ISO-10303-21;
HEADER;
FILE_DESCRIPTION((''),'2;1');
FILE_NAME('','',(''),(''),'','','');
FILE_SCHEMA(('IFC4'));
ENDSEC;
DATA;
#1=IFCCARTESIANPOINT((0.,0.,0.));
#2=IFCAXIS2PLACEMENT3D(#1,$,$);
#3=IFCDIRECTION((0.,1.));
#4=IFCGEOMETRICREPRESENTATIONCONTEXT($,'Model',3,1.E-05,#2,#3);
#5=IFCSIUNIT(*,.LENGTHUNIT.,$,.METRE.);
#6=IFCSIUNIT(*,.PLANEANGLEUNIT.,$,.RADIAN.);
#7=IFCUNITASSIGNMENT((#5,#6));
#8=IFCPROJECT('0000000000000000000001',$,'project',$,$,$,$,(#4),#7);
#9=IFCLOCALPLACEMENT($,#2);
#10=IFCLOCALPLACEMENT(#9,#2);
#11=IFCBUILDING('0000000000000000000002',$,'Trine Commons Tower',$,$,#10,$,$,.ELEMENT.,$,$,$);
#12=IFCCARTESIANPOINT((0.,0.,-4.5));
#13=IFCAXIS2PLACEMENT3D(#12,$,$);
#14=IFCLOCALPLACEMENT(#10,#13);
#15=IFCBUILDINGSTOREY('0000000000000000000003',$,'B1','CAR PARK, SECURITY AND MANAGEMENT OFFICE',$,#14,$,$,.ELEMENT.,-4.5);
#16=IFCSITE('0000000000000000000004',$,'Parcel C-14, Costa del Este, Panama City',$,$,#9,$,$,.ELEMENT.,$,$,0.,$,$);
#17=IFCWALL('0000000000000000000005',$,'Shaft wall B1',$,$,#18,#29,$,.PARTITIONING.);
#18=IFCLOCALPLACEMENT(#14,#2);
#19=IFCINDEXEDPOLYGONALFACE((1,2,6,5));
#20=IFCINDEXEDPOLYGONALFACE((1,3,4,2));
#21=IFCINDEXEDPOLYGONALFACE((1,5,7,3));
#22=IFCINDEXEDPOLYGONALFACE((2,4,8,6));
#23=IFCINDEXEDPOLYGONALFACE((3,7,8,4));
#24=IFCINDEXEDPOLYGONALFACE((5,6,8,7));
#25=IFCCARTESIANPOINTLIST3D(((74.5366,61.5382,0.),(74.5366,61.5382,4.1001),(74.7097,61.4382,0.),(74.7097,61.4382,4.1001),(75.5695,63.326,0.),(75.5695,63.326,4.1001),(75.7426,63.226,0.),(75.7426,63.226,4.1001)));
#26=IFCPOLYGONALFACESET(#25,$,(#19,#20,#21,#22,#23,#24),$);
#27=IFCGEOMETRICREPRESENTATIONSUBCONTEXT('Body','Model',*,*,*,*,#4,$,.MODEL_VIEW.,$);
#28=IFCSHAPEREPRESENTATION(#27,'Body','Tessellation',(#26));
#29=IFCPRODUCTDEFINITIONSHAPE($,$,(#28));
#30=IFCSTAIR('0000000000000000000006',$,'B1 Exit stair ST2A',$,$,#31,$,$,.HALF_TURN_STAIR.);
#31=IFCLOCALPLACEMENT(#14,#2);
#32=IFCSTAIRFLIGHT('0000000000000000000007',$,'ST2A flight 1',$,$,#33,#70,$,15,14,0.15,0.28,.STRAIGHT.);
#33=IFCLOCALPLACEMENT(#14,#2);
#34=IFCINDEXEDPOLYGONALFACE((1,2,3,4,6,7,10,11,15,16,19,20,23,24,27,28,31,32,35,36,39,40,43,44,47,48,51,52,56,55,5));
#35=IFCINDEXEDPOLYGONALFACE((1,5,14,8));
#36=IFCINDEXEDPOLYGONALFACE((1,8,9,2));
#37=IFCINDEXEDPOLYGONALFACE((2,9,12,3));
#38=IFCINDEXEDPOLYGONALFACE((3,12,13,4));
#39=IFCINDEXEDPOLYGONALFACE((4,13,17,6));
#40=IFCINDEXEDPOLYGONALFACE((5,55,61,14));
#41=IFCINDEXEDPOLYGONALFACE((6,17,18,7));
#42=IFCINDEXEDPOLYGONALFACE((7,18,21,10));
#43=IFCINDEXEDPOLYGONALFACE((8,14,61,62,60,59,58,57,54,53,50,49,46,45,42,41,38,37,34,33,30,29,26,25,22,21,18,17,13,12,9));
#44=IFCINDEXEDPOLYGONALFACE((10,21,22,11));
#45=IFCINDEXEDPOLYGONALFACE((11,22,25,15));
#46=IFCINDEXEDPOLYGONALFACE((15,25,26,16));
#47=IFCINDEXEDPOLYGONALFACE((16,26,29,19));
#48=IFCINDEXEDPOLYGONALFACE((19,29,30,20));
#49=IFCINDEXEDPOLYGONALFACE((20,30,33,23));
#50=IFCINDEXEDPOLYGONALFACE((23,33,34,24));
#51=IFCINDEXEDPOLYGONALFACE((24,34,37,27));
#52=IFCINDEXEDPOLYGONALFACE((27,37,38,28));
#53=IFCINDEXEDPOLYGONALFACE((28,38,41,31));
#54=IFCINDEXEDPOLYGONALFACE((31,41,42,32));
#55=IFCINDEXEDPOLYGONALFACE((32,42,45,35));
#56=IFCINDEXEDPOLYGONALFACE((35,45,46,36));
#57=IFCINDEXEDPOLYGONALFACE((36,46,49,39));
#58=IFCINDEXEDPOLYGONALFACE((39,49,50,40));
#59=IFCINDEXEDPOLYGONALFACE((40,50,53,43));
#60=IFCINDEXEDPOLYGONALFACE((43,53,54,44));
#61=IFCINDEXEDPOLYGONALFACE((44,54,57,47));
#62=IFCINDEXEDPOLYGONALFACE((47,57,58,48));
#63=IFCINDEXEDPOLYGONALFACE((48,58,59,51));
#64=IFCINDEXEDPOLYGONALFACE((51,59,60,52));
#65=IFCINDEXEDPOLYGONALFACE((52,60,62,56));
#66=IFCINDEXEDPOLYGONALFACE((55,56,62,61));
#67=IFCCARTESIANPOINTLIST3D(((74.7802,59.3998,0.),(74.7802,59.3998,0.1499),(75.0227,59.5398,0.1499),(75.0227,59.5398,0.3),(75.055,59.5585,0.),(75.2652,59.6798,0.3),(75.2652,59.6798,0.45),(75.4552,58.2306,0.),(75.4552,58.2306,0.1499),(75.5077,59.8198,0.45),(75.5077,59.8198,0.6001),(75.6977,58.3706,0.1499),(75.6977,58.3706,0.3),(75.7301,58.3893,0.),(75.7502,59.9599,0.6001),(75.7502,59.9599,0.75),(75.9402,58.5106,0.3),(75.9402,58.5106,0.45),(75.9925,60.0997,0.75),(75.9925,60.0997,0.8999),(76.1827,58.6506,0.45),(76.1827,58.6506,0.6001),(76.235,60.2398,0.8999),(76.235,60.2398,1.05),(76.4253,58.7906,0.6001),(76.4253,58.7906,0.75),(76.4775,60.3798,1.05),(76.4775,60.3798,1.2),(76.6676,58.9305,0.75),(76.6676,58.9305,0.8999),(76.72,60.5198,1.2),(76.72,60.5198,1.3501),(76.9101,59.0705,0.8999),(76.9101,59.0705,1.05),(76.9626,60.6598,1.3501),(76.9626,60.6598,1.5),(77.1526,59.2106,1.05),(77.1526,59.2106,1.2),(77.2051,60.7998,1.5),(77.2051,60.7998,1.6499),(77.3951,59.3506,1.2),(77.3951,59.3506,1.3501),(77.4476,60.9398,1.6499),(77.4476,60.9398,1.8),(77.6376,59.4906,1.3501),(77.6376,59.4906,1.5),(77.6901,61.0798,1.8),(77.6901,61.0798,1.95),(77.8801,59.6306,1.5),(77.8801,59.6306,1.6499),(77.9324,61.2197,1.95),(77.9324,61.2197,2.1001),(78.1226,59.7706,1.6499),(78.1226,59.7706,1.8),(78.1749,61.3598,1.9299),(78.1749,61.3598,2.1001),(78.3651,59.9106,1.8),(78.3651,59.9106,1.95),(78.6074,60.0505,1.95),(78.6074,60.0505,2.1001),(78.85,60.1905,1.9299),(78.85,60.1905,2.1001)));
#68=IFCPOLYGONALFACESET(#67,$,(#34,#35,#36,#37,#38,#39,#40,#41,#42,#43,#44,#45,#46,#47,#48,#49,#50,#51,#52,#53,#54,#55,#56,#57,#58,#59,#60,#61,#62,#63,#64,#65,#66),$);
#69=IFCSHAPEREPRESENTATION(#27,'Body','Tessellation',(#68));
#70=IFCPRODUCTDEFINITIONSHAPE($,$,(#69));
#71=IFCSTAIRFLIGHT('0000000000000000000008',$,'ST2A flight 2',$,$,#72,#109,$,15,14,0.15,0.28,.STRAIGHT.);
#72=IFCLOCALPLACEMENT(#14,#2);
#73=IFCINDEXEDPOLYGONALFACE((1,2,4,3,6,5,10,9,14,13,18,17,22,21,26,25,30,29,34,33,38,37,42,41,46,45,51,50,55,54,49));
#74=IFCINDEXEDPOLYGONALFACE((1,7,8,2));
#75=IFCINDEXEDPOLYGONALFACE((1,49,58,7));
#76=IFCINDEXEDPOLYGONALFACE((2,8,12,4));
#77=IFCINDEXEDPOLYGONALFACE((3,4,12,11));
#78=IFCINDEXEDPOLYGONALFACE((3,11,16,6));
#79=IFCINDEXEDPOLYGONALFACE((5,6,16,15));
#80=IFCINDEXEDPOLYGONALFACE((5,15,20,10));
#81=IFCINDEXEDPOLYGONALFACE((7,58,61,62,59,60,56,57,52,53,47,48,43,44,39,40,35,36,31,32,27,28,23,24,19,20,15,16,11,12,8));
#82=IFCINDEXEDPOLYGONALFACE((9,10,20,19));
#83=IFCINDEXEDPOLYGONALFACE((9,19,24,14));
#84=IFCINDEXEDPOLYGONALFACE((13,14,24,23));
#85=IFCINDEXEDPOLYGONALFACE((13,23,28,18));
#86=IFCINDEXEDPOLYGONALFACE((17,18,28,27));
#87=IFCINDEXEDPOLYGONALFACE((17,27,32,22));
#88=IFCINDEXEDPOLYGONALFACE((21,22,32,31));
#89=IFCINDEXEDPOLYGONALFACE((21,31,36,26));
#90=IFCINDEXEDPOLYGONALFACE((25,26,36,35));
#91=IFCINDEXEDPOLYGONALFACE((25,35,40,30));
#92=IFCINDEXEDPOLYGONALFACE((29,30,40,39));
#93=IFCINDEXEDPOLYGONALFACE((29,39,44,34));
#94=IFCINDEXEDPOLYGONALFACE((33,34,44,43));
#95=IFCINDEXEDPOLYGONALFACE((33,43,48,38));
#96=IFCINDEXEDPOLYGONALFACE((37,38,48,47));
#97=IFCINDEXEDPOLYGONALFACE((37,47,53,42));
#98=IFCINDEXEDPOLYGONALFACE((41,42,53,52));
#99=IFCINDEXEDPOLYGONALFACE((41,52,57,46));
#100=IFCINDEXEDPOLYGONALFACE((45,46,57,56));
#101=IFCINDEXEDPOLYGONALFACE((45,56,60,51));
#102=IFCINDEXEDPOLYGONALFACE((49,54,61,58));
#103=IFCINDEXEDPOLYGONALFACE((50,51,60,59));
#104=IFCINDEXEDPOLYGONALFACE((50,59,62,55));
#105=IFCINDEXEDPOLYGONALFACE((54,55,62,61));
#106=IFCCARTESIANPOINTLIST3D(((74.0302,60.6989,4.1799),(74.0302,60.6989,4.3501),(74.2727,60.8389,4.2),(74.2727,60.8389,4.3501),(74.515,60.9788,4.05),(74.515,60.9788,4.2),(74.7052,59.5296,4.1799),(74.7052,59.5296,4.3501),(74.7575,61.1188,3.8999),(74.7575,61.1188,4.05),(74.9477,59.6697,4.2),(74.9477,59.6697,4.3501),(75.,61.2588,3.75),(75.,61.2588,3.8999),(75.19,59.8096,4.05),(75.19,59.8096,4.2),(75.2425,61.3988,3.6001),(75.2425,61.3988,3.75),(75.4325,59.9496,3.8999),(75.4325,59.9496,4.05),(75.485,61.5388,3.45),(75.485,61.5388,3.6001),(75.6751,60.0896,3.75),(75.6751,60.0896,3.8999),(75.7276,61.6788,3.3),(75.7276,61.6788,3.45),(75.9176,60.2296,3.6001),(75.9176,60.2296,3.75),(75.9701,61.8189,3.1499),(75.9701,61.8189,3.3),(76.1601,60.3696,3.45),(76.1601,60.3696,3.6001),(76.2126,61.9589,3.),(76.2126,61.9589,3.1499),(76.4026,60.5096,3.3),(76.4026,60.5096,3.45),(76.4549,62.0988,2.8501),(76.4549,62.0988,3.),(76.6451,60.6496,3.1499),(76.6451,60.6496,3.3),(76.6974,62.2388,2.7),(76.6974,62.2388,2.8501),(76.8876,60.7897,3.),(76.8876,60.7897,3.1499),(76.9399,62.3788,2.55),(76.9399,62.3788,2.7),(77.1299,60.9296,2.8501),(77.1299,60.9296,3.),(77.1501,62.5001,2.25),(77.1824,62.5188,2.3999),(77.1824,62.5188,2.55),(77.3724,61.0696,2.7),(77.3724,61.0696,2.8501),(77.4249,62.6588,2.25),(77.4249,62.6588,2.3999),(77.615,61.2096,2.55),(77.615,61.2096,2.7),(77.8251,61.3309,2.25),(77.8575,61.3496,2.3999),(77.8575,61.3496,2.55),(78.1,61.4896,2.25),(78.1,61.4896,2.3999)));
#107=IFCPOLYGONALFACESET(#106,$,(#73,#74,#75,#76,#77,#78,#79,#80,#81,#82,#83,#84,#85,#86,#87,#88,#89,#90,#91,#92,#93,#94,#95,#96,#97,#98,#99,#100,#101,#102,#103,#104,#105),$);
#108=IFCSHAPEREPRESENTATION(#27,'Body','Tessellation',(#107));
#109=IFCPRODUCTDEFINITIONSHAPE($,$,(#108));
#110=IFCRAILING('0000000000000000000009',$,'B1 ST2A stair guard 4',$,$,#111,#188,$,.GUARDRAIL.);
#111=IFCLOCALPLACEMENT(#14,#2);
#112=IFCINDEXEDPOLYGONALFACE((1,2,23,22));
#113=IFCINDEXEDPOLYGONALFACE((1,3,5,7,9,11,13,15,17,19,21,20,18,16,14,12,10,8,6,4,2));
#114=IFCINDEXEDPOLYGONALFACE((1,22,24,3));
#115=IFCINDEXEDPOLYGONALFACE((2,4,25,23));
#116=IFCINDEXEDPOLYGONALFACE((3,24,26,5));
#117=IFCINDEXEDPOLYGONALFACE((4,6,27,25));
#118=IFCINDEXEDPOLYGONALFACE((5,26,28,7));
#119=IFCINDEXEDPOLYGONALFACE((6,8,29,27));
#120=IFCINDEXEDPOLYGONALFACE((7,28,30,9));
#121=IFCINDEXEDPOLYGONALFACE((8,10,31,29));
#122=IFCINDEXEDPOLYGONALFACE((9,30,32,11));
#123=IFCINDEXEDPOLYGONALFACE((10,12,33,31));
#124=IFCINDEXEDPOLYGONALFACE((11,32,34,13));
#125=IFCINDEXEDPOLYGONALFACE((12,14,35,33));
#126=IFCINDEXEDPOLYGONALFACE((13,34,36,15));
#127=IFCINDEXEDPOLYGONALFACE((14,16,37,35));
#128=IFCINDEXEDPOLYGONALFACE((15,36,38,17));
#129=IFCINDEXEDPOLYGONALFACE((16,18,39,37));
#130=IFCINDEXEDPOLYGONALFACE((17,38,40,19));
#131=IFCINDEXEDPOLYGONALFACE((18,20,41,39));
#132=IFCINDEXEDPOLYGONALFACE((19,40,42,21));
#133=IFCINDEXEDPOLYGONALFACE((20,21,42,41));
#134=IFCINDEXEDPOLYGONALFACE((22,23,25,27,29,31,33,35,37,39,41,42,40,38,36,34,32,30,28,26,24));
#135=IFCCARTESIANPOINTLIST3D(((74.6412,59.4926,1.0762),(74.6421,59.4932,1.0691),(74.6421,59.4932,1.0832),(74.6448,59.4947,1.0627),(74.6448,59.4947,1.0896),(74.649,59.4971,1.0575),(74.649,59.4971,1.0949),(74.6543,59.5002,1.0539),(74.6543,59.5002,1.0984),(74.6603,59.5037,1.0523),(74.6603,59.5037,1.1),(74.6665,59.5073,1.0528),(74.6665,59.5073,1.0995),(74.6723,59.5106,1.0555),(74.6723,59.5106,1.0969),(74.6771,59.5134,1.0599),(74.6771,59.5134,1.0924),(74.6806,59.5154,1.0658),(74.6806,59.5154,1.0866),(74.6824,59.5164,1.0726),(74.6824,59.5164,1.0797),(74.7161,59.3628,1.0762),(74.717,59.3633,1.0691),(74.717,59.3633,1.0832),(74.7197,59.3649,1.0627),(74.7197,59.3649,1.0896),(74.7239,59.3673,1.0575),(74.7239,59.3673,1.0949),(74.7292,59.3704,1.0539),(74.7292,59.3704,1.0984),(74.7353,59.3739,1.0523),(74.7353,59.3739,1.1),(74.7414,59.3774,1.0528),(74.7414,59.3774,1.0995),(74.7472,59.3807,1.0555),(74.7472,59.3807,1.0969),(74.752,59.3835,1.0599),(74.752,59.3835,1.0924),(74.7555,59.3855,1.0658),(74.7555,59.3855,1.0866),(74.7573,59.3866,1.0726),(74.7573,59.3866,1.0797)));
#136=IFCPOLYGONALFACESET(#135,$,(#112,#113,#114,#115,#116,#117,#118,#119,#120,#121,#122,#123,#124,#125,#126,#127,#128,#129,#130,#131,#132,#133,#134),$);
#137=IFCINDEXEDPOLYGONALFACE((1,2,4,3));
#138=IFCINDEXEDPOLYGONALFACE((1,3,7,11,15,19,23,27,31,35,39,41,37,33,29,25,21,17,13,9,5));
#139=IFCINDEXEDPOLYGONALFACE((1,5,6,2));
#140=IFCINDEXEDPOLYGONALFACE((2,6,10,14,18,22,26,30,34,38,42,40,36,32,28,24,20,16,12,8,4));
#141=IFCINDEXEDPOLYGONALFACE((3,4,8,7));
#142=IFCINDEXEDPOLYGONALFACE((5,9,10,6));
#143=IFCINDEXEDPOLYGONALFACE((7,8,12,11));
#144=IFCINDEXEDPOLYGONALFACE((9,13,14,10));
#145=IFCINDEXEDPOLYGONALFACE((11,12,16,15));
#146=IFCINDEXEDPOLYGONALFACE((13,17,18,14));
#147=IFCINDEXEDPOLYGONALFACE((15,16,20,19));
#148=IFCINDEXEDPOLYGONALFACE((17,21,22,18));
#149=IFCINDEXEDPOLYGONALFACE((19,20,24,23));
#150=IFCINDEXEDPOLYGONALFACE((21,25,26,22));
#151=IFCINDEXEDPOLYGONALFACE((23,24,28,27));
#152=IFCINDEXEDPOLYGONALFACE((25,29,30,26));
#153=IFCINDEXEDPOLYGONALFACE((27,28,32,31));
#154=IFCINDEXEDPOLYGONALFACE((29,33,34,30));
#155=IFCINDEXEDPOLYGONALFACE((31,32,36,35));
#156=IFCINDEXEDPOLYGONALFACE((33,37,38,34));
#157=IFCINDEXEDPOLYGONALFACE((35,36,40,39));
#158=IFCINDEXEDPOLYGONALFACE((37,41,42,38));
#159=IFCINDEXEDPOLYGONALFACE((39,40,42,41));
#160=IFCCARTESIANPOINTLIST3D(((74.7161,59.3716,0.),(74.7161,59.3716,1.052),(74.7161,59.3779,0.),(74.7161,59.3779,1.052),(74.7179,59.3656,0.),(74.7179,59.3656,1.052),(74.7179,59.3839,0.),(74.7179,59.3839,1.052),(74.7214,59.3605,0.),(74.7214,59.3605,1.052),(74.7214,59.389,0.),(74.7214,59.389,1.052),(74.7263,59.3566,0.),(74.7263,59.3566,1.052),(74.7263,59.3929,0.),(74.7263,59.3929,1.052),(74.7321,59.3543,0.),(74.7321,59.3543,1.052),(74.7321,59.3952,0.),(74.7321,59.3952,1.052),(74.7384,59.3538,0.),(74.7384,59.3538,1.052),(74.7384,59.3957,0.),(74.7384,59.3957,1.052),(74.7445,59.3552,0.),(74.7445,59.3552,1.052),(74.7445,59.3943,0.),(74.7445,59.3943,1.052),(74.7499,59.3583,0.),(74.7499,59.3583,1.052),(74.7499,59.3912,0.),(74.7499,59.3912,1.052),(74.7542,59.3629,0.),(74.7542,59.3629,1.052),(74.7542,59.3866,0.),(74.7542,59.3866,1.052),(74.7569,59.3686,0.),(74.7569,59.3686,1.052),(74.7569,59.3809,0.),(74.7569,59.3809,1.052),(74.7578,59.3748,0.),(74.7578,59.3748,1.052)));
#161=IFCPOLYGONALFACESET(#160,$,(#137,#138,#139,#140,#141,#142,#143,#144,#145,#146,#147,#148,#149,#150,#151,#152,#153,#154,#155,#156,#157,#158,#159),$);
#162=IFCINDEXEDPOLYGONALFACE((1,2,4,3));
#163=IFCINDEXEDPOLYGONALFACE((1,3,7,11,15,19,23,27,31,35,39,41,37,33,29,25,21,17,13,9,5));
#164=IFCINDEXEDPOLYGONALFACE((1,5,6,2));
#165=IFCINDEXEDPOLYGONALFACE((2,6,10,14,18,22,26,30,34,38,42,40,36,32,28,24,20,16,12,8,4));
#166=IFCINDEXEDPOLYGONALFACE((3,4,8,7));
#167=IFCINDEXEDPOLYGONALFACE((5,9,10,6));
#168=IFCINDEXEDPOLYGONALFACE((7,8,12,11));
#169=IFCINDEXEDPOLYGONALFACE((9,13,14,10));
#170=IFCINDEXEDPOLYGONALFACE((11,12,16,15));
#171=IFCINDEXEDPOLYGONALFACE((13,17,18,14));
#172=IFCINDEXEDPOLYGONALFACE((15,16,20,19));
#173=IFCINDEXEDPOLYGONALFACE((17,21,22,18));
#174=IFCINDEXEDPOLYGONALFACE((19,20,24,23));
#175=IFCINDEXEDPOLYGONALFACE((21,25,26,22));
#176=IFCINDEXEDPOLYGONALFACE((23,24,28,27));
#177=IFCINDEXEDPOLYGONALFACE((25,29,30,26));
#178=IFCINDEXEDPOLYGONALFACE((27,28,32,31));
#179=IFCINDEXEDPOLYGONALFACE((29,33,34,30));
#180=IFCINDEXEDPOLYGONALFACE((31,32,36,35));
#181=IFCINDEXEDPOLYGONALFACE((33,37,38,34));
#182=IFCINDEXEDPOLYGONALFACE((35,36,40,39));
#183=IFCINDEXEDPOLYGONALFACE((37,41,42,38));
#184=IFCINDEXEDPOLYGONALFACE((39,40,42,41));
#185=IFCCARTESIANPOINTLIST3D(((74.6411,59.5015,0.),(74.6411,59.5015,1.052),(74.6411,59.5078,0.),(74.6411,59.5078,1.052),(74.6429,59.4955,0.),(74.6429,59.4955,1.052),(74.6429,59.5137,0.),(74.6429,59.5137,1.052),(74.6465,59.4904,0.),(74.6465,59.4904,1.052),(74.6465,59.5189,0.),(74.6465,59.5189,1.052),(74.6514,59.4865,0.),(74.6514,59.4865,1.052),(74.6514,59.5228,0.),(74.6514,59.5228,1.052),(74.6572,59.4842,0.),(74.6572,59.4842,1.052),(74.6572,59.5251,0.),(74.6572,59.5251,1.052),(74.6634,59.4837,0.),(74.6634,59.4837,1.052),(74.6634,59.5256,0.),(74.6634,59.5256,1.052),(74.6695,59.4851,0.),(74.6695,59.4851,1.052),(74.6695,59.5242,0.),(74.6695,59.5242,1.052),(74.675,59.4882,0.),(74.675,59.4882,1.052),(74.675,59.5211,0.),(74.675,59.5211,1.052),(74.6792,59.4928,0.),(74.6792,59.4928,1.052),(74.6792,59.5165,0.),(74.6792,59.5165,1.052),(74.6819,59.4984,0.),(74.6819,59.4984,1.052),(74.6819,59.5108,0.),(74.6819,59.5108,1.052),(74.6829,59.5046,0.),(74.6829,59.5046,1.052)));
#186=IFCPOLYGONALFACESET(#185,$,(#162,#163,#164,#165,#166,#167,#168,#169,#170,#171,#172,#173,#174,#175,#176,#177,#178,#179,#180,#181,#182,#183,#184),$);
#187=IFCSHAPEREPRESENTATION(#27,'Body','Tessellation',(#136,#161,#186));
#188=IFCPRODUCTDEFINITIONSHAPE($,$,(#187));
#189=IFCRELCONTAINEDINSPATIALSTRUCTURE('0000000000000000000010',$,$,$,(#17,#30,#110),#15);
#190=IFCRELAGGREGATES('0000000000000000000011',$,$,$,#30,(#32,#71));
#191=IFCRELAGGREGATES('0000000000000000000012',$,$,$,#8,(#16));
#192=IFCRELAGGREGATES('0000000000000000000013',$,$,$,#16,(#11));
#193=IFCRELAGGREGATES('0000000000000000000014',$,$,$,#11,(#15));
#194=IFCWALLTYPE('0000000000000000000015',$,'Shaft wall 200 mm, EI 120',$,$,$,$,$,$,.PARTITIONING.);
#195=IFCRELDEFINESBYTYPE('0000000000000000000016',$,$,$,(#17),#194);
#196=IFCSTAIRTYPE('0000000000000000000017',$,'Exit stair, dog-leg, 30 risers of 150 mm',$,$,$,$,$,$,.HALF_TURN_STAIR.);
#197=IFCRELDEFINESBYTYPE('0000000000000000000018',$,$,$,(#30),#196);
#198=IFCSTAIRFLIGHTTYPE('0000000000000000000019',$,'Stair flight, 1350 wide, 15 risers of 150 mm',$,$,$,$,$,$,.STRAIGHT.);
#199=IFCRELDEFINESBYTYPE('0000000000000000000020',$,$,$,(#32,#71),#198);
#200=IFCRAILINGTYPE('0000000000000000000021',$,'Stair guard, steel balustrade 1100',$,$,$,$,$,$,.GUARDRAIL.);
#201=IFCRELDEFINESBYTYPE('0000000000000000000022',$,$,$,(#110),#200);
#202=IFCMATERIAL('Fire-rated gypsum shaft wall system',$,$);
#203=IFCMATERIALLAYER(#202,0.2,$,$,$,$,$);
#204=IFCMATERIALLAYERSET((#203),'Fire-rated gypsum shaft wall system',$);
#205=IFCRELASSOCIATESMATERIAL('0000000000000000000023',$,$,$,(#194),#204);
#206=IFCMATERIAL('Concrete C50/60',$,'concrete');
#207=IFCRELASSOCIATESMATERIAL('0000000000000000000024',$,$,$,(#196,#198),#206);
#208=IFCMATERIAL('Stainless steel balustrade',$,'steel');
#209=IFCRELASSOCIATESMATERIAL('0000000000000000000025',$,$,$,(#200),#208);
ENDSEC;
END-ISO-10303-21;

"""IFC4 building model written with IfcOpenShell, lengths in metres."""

from ifc_helpers import new_model, si_unit, direction, frame, frame_2d, origin, origin_2d, place, context, subcontext, project, spatial, polyline, rectangle, circle, outline, extrude, material, layer, layer_set, type_object, element, aggregate, save


model = new_model("IFC4")

# Units and contexts
model_context = context("Model", 3, precision=1e-05, world=origin(), true_north=direction((0.0, 1.0)))
body_context = subcontext(model_context, "Body", "Model", "MODEL_VIEW")
ifc_project = project(units=[si_unit("LENGTHUNIT", "METRE"), si_unit("PLANEANGLEUNIT", "RADIAN")], contexts=[model_context])

# Site, building, storey
site_placement = place(None, origin())
site = spatial("IfcSite", under=ifc_project, at=site_placement, Name="Parcel C-14, Costa del Este, Panama City", CompositionType="ELEMENT", RefElevation=0.0)
building_placement = place(site_placement, origin())
building = spatial("IfcBuilding", under=site, at=building_placement, Name="Trine Commons Tower", CompositionType="ELEMENT")
storey_placement = place(building_placement, frame((0.0, 0.0, -4.5)))
storey = spatial("IfcBuildingStorey", under=building, at=storey_placement, Name="B1", Description="CAR PARK, SECURITY AND MANAGEMENT OFFICE", CompositionType="ELEMENT", Elevation=-4.5)

# Shared definitions
ifc_material_1 = material(Name="Concrete C50/60", Category="concrete")

# Shared definitions
ifc_material_2 = material(Name="Fire-rated gypsum shaft wall system")

# Wall
ifc_layer_1 = layer(ifc_material_2, 0.2)
ifc_layer_set_1 = layer_set([ifc_layer_1], Name="Fire-rated gypsum shaft wall system")
wall_type_1 = type_object("IfcWallType", Name="Shaft wall 200 mm, EI 120", PredefinedType="PARTITIONING", material=ifc_layer_set_1)
wall_1_placement = place(storey_placement, frame((75.656, 63.2759, 0.0), z_axis=(0.0, 0.0, 1.0), x_axis=(-0.500272, -0.865868, 0.0)))
element("IfcWall", 1, at=wall_1_placement, inside=storey, type_object=wall_type_1, Name="Shaft wall B1", PredefinedType="PARTITIONING", context=body_context, shape_type="SweptSolid", body=[
    extrude(rectangle(XDim=2.0647, YDim=0.2, at=frame_2d((1.0322, 0.0))), origin(), (0.0, 0.0, 1.0), 4.1001),
])

# Stair, stair flights
stair_type = type_object("IfcStairType", Name="Exit stair, dog-leg, 30 risers of 150 mm", PredefinedType="HALF_TURN_STAIR", material=ifc_material_1)
stair_placement = place(storey_placement, origin())
stair = element("IfcStair", 2, at=stair_placement, inside=storey, type_object=stair_type, Name="B1 Exit stair ST2A", PredefinedType="HALF_TURN_STAIR")
stair_flight_type = type_object("IfcStairFlightType", Name="Stair flight, 1350 wide, 15 risers of 150 mm", PredefinedType="STRAIGHT", material=ifc_material_1)
stair_flight_1_placement = place(storey_placement, frame((75.1177, 58.8152, 0.0), z_axis=(0.0, 0.0, 1.0), x_axis=(0.866025, 0.5, 0.0)))
stair_flight_1 = element("IfcStairFlight", 3, at=stair_flight_1_placement, type_object=stair_flight_type, Name="ST2A flight 1", NumberOfRisers=15, NumberOfTreads=14, PredefinedType="STRAIGHT", RiserHeight=0.15, TreadLength=0.28, context=body_context, shape_type="SweptSolid", body=[
    extrude(outline(polyline([(0.0, 0.0), (0.0, 0.1499), (0.28, 0.1499), (0.28, 0.3), (0.5601, 0.3), (0.5601, 0.45), (0.8401, 0.45), (0.8401, 0.6001), (1.1201, 0.6001), (1.1201, 0.75), (1.3999, 0.75), (1.3999, 0.8999), (1.6799, 0.8999), (1.6799, 1.05), (1.96, 1.05), (1.96, 1.2), (2.24, 1.2), (2.24, 1.3501), (2.52, 1.3501), (2.52, 1.5), (2.8, 1.5), (2.8, 1.6499), (3.0801, 1.6499), (3.0801, 1.8), (3.3601, 1.8), (3.3601, 1.95), (3.6399, 1.95), (3.6399, 2.1001), (3.9199, 2.1001), (3.9199, 2.25), (3.9199, 1.9299), (0.3174, 0.0), (0.0, 0.0)])), frame((0.0, 0.675, 0.0), z_axis=(0.0, -1.0, 0.0), x_axis=(1.0, 0.0, 0.0)), (0.0, 0.0, 1.0), 1.3501),
])
stair_flight_2_placement = place(storey_placement, frame((77.7625, 62.0742, 2.25), z_axis=(0.0, 0.0, 1.0), x_axis=(-0.866025, -0.5, 0.0)))
stair_flight_2 = element("IfcStairFlight", 4, at=stair_flight_2_placement, type_object=stair_flight_type, Name="ST2A flight 2", NumberOfRisers=15, NumberOfTreads=14, PredefinedType="STRAIGHT", RiserHeight=0.15, TreadLength=0.28, context=body_context, shape_type="SweptSolid", body=[
    extrude(outline(polyline([(0.0, 0.0), (0.0, 0.1499), (0.28, 0.1499), (0.28, 0.3), (0.5601, 0.3), (0.5601, 0.45), (0.8401, 0.45), (0.8401, 0.6001), (1.1201, 0.6001), (1.1201, 0.75), (1.3999, 0.75), (1.3999, 0.8999), (1.6799, 0.8999), (1.6799, 1.05), (1.96, 1.05), (1.96, 1.2), (2.24, 1.2), (2.24, 1.3501), (2.52, 1.3501), (2.52, 1.5), (2.8, 1.5), (2.8, 1.6499), (3.0801, 1.6499), (3.0801, 1.8), (3.3601, 1.8), (3.3601, 1.95), (3.6399, 1.95), (3.6399, 2.1001), (3.9199, 2.1001), (3.9199, 2.25), (3.9199, 1.9299), (0.3174, 0.0), (0.0, 0.0)])), frame((0.0, 0.675, 0.0), z_axis=(0.0, -1.0, 0.0), x_axis=(1.0, 0.0, 0.0)), (0.0, 0.0, 1.0), 1.3501),
])
aggregate(stair, [stair_flight_1, stair_flight_2])

# Railing
ifc_material_3 = material(Name="Stainless steel balustrade", Category="steel")
railing_type_1 = type_object("IfcRailingType", Name="Stair guard, steel balustrade 1100", PredefinedType="GUARDRAIL", material=ifc_material_3)
railing_1_placement = place(storey_placement, frame((74.7368, 59.3748, 0.0)))
element("IfcRailing", 5, at=railing_1_placement, inside=storey, type_object=railing_type_1, Name="B1 ST2A stair guard 4", PredefinedType="GUARDRAIL", context=body_context, shape_type="SweptSolid", body=[
    extrude(circle(Radius=0.0239, at=origin_2d()), frame((0.0, 0.0, 1.0762), z_axis=(-0.499816, 0.866131, 0.0), x_axis=(-0.866131, -0.499816, 0.0)), (0.0, 0.0, 1.0), 0.1499),
    extrude(circle(Radius=0.021, at=origin_2d()), origin(), (0.0, 0.0, 1.0), 1.052),
    extrude(circle(Radius=0.021, at=origin_2d()), frame((-0.075, 0.1299, 0.0)), (0.0, 0.0, 1.0), 1.052),
])

save(model, "model.ifc")
